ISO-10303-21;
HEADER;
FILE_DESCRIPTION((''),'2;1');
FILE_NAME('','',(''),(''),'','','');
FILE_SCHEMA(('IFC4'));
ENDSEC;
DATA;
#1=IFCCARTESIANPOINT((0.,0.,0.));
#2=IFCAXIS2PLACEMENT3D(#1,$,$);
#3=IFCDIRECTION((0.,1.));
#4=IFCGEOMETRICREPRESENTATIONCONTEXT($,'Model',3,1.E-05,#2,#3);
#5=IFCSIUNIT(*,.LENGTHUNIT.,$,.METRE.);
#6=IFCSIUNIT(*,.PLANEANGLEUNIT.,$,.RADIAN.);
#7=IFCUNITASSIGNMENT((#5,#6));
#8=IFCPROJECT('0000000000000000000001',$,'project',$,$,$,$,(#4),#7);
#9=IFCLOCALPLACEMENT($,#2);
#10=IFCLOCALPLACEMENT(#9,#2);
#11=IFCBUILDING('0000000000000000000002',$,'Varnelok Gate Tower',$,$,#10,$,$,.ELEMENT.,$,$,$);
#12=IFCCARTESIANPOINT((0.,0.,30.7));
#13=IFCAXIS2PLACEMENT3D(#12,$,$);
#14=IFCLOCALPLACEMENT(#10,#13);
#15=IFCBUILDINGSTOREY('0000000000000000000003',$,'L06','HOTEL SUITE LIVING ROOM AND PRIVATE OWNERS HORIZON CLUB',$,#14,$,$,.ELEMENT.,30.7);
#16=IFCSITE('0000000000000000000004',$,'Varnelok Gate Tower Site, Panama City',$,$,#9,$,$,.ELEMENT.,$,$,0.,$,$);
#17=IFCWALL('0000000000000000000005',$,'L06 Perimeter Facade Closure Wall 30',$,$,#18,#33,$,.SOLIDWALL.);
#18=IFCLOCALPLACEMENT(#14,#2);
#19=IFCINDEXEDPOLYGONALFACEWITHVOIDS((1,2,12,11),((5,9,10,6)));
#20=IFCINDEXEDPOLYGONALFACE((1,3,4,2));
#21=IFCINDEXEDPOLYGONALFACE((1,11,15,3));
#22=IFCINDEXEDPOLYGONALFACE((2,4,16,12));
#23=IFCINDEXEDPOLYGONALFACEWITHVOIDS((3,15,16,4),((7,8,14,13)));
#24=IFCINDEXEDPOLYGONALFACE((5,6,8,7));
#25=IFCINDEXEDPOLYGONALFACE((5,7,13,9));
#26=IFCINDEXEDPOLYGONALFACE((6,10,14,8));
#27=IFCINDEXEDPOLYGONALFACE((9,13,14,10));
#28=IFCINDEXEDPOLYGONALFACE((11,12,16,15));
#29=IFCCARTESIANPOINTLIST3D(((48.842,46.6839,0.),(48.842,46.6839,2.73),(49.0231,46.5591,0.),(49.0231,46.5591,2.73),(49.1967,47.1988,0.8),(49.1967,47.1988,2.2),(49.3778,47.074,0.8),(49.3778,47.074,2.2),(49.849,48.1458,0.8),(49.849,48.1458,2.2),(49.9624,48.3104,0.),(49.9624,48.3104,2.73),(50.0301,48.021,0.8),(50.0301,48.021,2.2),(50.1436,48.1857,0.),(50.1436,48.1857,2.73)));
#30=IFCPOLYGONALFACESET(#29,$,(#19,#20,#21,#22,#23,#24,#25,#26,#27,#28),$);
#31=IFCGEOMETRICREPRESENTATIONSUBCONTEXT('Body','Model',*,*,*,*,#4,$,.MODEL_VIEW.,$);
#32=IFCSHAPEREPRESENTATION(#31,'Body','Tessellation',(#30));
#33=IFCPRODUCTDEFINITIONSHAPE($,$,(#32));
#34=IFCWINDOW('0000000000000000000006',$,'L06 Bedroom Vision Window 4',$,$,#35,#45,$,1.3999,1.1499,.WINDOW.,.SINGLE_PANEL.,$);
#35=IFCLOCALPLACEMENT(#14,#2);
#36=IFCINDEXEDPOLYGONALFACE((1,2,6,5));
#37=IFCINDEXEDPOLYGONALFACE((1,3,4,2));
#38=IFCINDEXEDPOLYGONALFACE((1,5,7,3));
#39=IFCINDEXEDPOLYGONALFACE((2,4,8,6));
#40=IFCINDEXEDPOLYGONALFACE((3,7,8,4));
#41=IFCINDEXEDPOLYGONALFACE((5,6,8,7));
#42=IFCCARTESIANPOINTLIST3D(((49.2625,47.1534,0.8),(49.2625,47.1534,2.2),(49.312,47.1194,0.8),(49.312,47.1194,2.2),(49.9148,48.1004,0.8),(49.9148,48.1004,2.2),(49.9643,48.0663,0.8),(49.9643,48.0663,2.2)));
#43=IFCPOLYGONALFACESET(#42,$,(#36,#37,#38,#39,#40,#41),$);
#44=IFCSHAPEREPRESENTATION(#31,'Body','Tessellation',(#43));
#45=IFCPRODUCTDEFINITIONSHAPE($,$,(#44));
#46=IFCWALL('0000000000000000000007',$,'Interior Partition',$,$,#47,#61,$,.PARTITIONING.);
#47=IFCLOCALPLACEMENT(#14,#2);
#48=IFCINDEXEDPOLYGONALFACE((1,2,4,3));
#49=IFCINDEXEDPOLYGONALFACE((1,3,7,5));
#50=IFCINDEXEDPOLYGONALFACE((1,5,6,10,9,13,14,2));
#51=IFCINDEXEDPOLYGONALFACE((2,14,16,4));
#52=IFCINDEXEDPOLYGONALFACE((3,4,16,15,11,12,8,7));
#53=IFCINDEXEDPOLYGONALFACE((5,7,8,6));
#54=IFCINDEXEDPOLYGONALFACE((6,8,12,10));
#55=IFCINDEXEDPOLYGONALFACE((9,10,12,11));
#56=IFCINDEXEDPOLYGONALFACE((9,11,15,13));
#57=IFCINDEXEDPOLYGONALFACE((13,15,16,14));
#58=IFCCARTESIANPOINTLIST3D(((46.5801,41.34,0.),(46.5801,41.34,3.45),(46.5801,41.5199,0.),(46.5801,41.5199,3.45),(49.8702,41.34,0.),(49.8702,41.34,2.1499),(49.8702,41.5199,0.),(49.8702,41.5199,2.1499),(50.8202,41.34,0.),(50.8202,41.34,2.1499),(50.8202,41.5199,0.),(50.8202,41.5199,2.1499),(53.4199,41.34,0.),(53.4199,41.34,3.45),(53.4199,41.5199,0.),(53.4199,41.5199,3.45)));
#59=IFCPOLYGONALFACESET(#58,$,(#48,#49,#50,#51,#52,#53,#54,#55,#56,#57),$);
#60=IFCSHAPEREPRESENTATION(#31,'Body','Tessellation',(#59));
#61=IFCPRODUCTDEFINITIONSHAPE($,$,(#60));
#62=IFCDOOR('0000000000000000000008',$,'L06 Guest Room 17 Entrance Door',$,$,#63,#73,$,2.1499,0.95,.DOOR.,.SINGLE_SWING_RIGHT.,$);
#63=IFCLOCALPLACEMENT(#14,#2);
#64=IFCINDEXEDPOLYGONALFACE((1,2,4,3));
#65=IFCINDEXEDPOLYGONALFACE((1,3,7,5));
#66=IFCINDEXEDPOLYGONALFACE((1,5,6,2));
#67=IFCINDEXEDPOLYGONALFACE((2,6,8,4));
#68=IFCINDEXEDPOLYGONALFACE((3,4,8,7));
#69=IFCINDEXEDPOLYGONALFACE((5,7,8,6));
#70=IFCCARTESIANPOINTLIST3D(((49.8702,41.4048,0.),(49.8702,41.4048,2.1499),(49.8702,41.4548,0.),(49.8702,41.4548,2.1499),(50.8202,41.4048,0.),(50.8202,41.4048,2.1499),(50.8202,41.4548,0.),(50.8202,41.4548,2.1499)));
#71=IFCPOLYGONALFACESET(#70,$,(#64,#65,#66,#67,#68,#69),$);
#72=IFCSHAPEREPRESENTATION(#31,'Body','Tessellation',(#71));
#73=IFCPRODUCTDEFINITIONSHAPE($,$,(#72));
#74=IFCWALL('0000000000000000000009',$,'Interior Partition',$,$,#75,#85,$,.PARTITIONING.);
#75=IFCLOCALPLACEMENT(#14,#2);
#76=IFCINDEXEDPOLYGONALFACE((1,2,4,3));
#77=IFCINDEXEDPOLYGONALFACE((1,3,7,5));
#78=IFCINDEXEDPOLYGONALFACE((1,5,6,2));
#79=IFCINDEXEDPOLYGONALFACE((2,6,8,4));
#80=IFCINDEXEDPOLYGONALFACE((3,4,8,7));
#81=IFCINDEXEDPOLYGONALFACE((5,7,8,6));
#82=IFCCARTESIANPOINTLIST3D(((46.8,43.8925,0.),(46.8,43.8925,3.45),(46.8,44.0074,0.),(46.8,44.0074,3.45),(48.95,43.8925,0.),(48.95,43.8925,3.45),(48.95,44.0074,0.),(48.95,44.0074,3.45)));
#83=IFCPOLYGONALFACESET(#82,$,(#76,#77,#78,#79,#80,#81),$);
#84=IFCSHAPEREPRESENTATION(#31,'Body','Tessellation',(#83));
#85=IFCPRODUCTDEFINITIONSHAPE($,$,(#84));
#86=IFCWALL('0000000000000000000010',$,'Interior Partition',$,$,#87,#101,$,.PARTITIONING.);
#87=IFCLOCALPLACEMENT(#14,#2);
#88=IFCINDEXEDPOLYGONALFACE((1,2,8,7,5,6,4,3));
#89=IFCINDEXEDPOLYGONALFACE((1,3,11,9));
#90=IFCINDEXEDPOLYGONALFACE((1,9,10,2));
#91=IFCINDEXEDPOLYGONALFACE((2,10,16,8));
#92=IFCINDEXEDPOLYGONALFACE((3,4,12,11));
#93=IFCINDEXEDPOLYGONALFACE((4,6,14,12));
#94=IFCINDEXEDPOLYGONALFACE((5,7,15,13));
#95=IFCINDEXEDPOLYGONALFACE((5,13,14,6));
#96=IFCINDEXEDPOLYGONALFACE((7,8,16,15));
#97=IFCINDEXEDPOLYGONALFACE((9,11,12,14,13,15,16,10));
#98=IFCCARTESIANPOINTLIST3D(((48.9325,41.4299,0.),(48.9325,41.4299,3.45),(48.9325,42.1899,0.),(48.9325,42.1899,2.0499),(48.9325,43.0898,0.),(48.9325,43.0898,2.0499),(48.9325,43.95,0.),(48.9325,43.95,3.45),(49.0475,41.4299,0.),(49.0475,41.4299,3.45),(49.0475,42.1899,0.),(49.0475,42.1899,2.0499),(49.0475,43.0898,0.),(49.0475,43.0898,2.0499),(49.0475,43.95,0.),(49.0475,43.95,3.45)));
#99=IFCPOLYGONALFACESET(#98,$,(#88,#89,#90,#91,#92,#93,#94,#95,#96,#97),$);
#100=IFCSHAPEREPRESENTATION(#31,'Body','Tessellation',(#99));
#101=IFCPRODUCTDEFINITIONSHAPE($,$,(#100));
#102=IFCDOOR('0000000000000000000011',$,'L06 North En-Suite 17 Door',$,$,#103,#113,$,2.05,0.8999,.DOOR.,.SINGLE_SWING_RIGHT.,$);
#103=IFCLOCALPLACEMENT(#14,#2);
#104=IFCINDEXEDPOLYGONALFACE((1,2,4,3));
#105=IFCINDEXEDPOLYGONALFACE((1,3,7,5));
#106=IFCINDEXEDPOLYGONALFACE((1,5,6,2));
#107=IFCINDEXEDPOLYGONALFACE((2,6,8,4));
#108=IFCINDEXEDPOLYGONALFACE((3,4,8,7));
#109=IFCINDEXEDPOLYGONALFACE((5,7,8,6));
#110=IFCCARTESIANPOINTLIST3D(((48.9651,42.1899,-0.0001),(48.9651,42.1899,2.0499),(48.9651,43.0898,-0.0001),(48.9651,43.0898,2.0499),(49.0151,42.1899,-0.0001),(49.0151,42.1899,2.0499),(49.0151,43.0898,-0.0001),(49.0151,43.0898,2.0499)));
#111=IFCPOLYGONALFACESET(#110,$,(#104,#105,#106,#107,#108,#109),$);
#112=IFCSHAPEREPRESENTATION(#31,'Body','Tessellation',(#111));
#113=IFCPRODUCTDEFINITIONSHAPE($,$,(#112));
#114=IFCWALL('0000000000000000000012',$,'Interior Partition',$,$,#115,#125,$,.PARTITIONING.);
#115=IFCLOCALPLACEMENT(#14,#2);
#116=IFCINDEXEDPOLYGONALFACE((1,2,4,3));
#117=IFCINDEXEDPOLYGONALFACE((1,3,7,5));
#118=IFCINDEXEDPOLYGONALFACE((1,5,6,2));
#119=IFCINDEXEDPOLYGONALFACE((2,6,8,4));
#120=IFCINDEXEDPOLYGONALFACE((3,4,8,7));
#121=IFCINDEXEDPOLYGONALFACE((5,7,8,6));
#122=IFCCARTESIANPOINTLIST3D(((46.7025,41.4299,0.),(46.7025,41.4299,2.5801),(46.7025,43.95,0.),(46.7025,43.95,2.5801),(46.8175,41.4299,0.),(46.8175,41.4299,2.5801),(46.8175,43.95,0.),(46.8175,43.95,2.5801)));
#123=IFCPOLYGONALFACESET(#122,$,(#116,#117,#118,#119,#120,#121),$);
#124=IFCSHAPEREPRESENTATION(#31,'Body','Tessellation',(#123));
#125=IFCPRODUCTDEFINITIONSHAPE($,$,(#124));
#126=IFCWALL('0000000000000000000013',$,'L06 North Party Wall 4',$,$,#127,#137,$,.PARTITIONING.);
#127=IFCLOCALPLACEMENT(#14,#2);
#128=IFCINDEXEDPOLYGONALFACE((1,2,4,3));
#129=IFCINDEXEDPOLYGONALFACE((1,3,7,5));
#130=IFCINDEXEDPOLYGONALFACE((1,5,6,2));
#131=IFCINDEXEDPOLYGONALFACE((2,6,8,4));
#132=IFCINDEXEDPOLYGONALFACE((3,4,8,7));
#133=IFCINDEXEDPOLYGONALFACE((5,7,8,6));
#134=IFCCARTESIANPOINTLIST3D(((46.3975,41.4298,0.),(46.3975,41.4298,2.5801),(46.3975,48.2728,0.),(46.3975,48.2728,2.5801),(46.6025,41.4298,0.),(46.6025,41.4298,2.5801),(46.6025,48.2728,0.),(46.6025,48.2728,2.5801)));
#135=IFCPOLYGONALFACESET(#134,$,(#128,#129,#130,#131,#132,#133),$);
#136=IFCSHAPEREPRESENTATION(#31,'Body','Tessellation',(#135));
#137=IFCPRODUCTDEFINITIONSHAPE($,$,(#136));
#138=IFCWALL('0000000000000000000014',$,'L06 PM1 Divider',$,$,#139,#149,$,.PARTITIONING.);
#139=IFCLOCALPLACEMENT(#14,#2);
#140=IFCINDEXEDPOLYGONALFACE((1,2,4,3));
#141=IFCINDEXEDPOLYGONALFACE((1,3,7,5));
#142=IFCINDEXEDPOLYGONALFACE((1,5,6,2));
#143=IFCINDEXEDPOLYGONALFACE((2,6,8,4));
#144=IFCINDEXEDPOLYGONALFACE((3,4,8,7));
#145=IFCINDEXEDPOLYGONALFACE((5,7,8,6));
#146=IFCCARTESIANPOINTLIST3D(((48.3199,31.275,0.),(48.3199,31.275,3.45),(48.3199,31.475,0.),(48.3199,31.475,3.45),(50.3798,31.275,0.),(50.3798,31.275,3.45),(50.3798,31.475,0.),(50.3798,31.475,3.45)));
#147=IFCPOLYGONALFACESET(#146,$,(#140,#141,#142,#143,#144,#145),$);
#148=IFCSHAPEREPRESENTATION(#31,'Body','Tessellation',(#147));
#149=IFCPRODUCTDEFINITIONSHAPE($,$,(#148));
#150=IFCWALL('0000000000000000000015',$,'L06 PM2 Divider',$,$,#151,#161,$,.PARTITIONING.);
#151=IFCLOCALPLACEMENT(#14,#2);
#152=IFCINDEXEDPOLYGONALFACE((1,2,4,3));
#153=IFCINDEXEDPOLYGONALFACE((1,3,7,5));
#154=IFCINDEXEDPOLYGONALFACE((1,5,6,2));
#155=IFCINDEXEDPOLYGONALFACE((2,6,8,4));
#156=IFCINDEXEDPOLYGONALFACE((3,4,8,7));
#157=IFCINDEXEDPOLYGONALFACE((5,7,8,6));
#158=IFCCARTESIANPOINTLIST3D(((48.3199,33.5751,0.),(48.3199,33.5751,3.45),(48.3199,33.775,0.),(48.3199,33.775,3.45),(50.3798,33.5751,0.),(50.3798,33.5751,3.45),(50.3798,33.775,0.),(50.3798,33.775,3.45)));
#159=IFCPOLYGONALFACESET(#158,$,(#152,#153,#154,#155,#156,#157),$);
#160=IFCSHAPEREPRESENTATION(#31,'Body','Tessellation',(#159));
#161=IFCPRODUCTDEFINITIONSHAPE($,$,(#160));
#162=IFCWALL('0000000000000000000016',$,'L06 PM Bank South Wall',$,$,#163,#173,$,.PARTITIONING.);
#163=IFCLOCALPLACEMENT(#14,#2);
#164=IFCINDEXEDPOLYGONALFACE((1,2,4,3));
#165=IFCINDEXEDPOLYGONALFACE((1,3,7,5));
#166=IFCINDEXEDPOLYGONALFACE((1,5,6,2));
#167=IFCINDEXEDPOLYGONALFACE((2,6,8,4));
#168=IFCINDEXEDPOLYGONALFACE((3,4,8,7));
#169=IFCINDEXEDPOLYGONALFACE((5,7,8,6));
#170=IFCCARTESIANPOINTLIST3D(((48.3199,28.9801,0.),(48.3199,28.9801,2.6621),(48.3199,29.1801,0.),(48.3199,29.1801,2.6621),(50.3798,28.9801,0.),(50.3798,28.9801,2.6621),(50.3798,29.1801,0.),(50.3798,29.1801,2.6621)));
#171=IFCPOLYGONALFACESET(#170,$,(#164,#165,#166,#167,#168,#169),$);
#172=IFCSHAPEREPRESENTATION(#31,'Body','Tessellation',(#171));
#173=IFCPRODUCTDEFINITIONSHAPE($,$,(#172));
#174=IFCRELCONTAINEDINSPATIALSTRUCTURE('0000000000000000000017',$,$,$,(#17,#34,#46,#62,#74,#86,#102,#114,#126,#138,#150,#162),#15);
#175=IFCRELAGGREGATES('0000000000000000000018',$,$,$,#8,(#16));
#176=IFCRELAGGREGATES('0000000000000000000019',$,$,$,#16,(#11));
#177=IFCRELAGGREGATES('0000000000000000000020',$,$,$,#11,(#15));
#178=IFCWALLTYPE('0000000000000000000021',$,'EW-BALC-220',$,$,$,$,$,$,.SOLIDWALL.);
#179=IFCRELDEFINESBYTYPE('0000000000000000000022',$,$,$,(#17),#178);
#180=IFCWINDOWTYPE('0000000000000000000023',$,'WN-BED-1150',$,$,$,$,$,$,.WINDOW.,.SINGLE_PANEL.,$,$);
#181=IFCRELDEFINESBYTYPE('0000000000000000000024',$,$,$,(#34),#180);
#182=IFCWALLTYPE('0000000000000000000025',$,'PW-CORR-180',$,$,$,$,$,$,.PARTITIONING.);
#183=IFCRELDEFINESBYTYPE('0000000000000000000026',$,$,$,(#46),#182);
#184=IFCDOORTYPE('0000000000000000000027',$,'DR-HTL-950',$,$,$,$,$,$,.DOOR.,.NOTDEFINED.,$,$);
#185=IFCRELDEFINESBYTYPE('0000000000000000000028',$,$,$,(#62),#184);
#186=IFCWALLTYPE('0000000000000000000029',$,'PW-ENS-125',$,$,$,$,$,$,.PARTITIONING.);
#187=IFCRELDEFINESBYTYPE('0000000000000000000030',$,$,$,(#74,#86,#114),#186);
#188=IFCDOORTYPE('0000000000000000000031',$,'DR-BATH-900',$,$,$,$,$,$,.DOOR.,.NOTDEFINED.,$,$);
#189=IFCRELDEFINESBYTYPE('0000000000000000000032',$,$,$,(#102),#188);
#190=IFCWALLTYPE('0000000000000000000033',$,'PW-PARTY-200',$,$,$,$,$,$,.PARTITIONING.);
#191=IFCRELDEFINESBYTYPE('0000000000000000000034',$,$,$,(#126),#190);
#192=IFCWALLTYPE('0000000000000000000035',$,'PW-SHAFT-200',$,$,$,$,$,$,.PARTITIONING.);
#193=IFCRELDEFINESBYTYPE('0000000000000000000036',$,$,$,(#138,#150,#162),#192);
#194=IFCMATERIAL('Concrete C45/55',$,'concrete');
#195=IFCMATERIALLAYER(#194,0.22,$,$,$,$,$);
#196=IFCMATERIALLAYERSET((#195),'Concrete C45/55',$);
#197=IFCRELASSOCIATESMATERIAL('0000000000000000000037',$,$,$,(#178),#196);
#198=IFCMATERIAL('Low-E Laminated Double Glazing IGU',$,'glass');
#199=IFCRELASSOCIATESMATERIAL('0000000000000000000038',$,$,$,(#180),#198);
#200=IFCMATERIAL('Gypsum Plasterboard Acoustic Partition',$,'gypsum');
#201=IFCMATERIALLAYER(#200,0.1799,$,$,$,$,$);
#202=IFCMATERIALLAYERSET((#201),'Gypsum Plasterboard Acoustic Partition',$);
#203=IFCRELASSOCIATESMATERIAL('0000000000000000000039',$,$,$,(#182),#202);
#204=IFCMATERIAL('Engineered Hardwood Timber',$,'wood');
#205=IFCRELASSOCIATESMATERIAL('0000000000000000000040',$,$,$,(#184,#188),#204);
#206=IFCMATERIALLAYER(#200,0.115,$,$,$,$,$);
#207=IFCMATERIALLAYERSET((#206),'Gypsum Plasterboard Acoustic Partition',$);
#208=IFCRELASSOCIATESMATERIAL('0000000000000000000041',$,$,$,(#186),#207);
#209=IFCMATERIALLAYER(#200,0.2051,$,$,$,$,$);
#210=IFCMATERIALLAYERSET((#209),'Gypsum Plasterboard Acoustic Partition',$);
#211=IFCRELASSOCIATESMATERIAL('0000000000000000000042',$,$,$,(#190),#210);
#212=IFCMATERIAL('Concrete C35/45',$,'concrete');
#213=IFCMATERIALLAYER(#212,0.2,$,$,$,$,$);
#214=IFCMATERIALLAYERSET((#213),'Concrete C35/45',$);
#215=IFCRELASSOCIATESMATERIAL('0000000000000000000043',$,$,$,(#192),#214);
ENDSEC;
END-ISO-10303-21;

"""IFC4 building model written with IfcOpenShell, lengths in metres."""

from ifc_helpers import new_model, si_unit, direction, frame, frame_2d, origin, place, context, subcontext, project, spatial, rectangle, extrude, material, layer, layer_set, type_object, element, fill, save


model = new_model("IFC4")

# Units and contexts
model_context = context("Model", 3, precision=1e-05, world=origin(), true_north=direction((0.0, 1.0)))
body_context = subcontext(model_context, "Body", "Model", "MODEL_VIEW")
ifc_project = project(units=[si_unit("LENGTHUNIT", "METRE"), si_unit("PLANEANGLEUNIT", "RADIAN")], contexts=[model_context])

# Site, building, storey
site_placement = place(None, origin())
site = spatial("IfcSite", under=ifc_project, at=site_placement, Name="Varnelok Gate Tower Site, Panama City", CompositionType="ELEMENT", RefElevation=0.0)
building_placement = place(site_placement, origin())
building = spatial("IfcBuilding", under=site, at=building_placement, Name="Varnelok Gate Tower", CompositionType="ELEMENT")
storey_placement = place(building_placement, frame((0.0, 0.0, 30.7)))
storey = spatial("IfcBuildingStorey", under=building, at=storey_placement, Name="L06", Description="HOTEL SUITE LIVING ROOM AND PRIVATE OWNERS HORIZON CLUB", CompositionType="ELEMENT", Elevation=30.7)

# Wall, opening, window
ifc_material_1 = material(Name="Concrete C45/55", Category="concrete")
ifc_layer_1 = layer(ifc_material_1, 0.22)
ifc_layer_set_1 = layer_set([ifc_layer_1], Name="Concrete C45/55")
wall_type_1 = type_object("IfcWallType", Name="EW-BALC-220", PredefinedType="SOLIDWALL", material=ifc_layer_set_1)
wall_1_placement = place(storey_placement, frame((50.053, 48.248, 0.0), z_axis=(0.0, 0.0, 1.0), x_axis=(-0.567274, -0.823529, 0.0)))
wall_1 = element("IfcWall", 1, at=wall_1_placement, inside=storey, type_object=wall_type_1, Name="L06 Perimeter Facade Closure Wall 30", PredefinedType="SOLIDWALL", context=body_context, shape_type="SweptSolid", body=[
    extrude(rectangle(XDim=1.9751, YDim=0.22, at=frame_2d((0.9875, 0.0))), origin(), (0.0, 0.0, 1.0), 2.73),
])
opening_1_placement = place(wall_1_placement, frame((0.2, 0.0, 0.8)))
opening_1 = element("IfcOpeningElement", 2, at=opening_1_placement, cuts=wall_1, PredefinedType="OPENING", context=body_context, shape_type="SweptSolid", body=[
    extrude(rectangle(XDim=1.1499, YDim=1.3999, at=frame_2d((0.575, 0.7))), frame((0.0, 0.1199, 0.0), z_axis=(0.0, -1.0, 0.0), x_axis=(1.0, 0.0, 0.0)), (0.0, 0.0, 1.0), 0.24),
])
ifc_material_2 = material(Name="Low-E Laminated Double Glazing IGU", Category="glass")
window_type = type_object("IfcWindowType", Name="WN-BED-1150", PartitioningType="SINGLE_PANEL", PredefinedType="WINDOW", material=ifc_material_2)
window_placement = place(opening_1_placement, origin())
window = element("IfcWindow", 3, at=window_placement, inside=storey, type_object=window_type, Name="L06 Bedroom Vision Window 4", OverallHeight=1.3999, OverallWidth=1.1499, PartitioningType="SINGLE_PANEL", PredefinedType="WINDOW", context=body_context, shape_type="SweptSolid", body=[
    extrude(rectangle(XDim=1.1499, YDim=1.3999, at=frame_2d((0.575, 0.7))), frame((0.0, 0.03, 0.0), z_axis=(0.0, -1.0, 0.0), x_axis=(1.0, 0.0, 0.0)), (0.0, 0.0, 1.0), 0.0601),
])
fill(opening_1, window)

# Wall, opening, door
ifc_material_3 = material(Name="Gypsum Plasterboard Acoustic Partition", Category="gypsum")
ifc_layer_2 = layer(ifc_material_3, 0.1799)
ifc_layer_set_2 = layer_set([ifc_layer_2], Name="Gypsum Plasterboard Acoustic Partition")
wall_type_2 = type_object("IfcWallType", Name="PW-CORR-180", PredefinedType="PARTITIONING", material=ifc_layer_set_2)
wall_2_placement = place(storey_placement, frame((46.5801, 41.4299, 0.0), z_axis=(0.0, 0.0, 1.0), x_axis=(1.0, 0.0, 0.0)))
wall_2 = element("IfcWall", 4, at=wall_2_placement, inside=storey, type_object=wall_type_2, Name="Interior Partition", PredefinedType="PARTITIONING", context=body_context, shape_type="SweptSolid", body=[
    extrude(rectangle(XDim=6.8398, YDim=0.1799, at=frame_2d((3.4199, 0.0))), origin(), (0.0, 0.0, 1.0), 3.45),
])
opening_2_placement = place(wall_2_placement, frame((3.29, 0.0, 0.0)))
opening_2 = element("IfcOpeningElement", 5, at=opening_2_placement, cuts=wall_2, PredefinedType="OPENING", context=body_context, shape_type="SweptSolid", body=[
    extrude(rectangle(XDim=0.95, YDim=2.1499, at=frame_2d((0.4751, 1.075))), frame((0.0, 0.0999, 0.0), z_axis=(0.0, -1.0, 0.0), x_axis=(1.0, 0.0, 0.0)), (0.0, 0.0, 1.0), 0.2),
])
ifc_material_4 = material(Name="Engineered Hardwood Timber", Category="wood")
door_type_1 = type_object("IfcDoorType", Name="DR-HTL-950", OperationType="NOTDEFINED", PredefinedType="DOOR", material=ifc_material_4)
door_1_placement = place(opening_2_placement, origin())
door_1 = element("IfcDoor", 6, at=door_1_placement, inside=storey, type_object=door_type_1, Name="L06 Guest Room 17 Entrance Door", OperationType="SINGLE_SWING_RIGHT", OverallHeight=2.1499, OverallWidth=0.95, PredefinedType="DOOR", context=body_context, shape_type="SweptSolid", body=[
    extrude(rectangle(XDim=0.95, YDim=2.1499, at=frame_2d((0.4751, 1.075))), frame((0.0, 0.0249, 0.0), z_axis=(0.0, -1.0, 0.0), x_axis=(1.0, 0.0, 0.0)), (0.0, 0.0, 1.0), 0.05),
])
fill(opening_2, door_1)

# Wall
ifc_layer_3 = layer(ifc_material_3, 0.115)
ifc_layer_set_3 = layer_set([ifc_layer_3], Name="Gypsum Plasterboard Acoustic Partition")
wall_type_3 = type_object("IfcWallType", Name="PW-ENS-125", PredefinedType="PARTITIONING", material=ifc_layer_set_3)
wall_3_placement = place(storey_placement, frame((46.8, 43.95, 0.0), z_axis=(0.0, 0.0, 1.0), x_axis=(1.0, 0.0, 0.0)))
element("IfcWall", 7, at=wall_3_placement, inside=storey, type_object=wall_type_3, Name="Interior Partition", PredefinedType="PARTITIONING", context=body_context, shape_type="SweptSolid", body=[
    extrude(rectangle(XDim=2.1499, YDim=0.115, at=frame_2d((1.075, 0.0))), origin(), (0.0, 0.0, 1.0), 3.45),
])

# Wall, opening, door
wall_4_placement = place(storey_placement, frame((48.99, 41.4299, 0.0), z_axis=(0.0, 0.0, 1.0), x_axis=(0.0, 1.0, 0.0)))
wall_4 = element("IfcWall", 8, at=wall_4_placement, inside=storey, type_object=wall_type_3, Name="Interior Partition", PredefinedType="PARTITIONING", context=body_context, shape_type="SweptSolid", body=[
    extrude(rectangle(XDim=2.52, YDim=0.115, at=frame_2d((1.26, 0.0))), origin(), (0.0, 0.0, 1.0), 3.45),
])
opening_3_placement = place(wall_4_placement, frame((0.76, 0.0, 0.0)))
opening_3 = element("IfcOpeningElement", 9, at=opening_3_placement, cuts=wall_4, PredefinedType="OPENING", context=body_context, shape_type="SweptSolid", body=[
    extrude(rectangle(XDim=0.8999, YDim=2.05, at=frame_2d((0.45, 1.0249))), frame((0.0, 0.0674, 0.0), z_axis=(0.0, -1.0, 0.0), x_axis=(1.0, 0.0, 0.0)), (0.0, 0.0, 1.0), 0.135),
])
door_type_2 = type_object("IfcDoorType", Name="DR-BATH-900", OperationType="NOTDEFINED", PredefinedType="DOOR", material=ifc_material_4)
door_2_placement = place(opening_3_placement, origin())
door_2 = element("IfcDoor", 10, at=door_2_placement, inside=storey, type_object=door_type_2, Name="L06 North En-Suite 17 Door", OperationType="SINGLE_SWING_RIGHT", OverallHeight=2.05, OverallWidth=0.8999, PredefinedType="DOOR", context=body_context, shape_type="SweptSolid", body=[
    extrude(rectangle(XDim=0.8999, YDim=2.05, at=frame_2d((0.45, 1.0249))), frame((0.0, 0.0249, 0.0), z_axis=(0.0, -1.0, 0.0), x_axis=(1.0, 0.0, 0.0)), (0.0, 0.0, 1.0), 0.05),
])
fill(opening_3, door_2)

# Walls
wall_5_placement = place(storey_placement, frame((46.76, 41.4299, 0.0), z_axis=(0.0, 0.0, 1.0), x_axis=(0.0, 1.0, 0.0)))
element("IfcWall", 11, at=wall_5_placement, inside=storey, type_object=wall_type_3, Name="Interior Partition", PredefinedType="PARTITIONING", context=body_context, shape_type="SweptSolid", body=[
    extrude(rectangle(XDim=2.52, YDim=0.115, at=frame_2d((1.26, 0.0))), origin(), (0.0, 0.0, 1.0), 2.5801),
])
ifc_layer_4 = layer(ifc_material_3, 0.2051)
ifc_layer_set_4 = layer_set([ifc_layer_4], Name="Gypsum Plasterboard Acoustic Partition")
wall_type_4 = type_object("IfcWallType", Name="PW-PARTY-200", PredefinedType="PARTITIONING", material=ifc_layer_set_4)
wall_6_placement = place(storey_placement, frame((46.5, 41.4299, 0.0), z_axis=(0.0, 0.0, 1.0), x_axis=(0.0, 1.0, 0.0)))
element("IfcWall", 12, at=wall_6_placement, inside=storey, type_object=wall_type_4, Name="L06 North Party Wall 4", PredefinedType="PARTITIONING", context=body_context, shape_type="SweptSolid", body=[
    extrude(rectangle(XDim=6.843, YDim=0.2051, at=frame_2d((3.4214, 0.0))), origin(), (0.0, 0.0, 1.0), 2.5801),
])
ifc_material_5 = material(Name="Concrete C35/45", Category="concrete")
ifc_layer_5 = layer(ifc_material_5, 0.2)
ifc_layer_set_5 = layer_set([ifc_layer_5], Name="Concrete C35/45")
wall_type_5 = type_object("IfcWallType", Name="PW-SHAFT-200", PredefinedType="PARTITIONING", material=ifc_layer_set_5)
for number, where, z_axis, x_axis, name in (
    (13, (48.3201, 31.375, 0.0), (0.0, 0.0, 1.0), (1.0, 0.0, 0.0), "L06 PM1 Divider"),
    (14, (48.3201, 33.675, 0.0), (0.0, 0.0, 1.0), (1.0, 0.0, 0.0), "L06 PM2 Divider"),
):
    element("IfcWall", number, at=place(storey_placement, frame(where, z_axis=z_axis, x_axis=x_axis)), inside=storey, type_object=wall_type_5, Name=name, PredefinedType="PARTITIONING", context=body_context, shape_type="SweptSolid", body=[
        extrude(rectangle(XDim=2.0598, YDim=0.2, at=frame_2d((1.0298, 0.0))), origin(), (0.0, 0.0, 1.0), 3.45),
    ])
wall_7_placement = place(storey_placement, frame((48.3201, 29.0801, 0.0), z_axis=(0.0, 0.0, 1.0), x_axis=(1.0, 0.0, 0.0)))
element("IfcWall", 15, at=wall_7_placement, inside=storey, type_object=wall_type_5, Name="L06 PM Bank South Wall", PredefinedType="PARTITIONING", context=body_context, shape_type="SweptSolid", body=[
    extrude(rectangle(XDim=2.0598, YDim=0.2, at=frame_2d((1.0298, 0.0))), origin(), (0.0, 0.0, 1.0), 2.6621),
])

save(model, "model.ifc")
